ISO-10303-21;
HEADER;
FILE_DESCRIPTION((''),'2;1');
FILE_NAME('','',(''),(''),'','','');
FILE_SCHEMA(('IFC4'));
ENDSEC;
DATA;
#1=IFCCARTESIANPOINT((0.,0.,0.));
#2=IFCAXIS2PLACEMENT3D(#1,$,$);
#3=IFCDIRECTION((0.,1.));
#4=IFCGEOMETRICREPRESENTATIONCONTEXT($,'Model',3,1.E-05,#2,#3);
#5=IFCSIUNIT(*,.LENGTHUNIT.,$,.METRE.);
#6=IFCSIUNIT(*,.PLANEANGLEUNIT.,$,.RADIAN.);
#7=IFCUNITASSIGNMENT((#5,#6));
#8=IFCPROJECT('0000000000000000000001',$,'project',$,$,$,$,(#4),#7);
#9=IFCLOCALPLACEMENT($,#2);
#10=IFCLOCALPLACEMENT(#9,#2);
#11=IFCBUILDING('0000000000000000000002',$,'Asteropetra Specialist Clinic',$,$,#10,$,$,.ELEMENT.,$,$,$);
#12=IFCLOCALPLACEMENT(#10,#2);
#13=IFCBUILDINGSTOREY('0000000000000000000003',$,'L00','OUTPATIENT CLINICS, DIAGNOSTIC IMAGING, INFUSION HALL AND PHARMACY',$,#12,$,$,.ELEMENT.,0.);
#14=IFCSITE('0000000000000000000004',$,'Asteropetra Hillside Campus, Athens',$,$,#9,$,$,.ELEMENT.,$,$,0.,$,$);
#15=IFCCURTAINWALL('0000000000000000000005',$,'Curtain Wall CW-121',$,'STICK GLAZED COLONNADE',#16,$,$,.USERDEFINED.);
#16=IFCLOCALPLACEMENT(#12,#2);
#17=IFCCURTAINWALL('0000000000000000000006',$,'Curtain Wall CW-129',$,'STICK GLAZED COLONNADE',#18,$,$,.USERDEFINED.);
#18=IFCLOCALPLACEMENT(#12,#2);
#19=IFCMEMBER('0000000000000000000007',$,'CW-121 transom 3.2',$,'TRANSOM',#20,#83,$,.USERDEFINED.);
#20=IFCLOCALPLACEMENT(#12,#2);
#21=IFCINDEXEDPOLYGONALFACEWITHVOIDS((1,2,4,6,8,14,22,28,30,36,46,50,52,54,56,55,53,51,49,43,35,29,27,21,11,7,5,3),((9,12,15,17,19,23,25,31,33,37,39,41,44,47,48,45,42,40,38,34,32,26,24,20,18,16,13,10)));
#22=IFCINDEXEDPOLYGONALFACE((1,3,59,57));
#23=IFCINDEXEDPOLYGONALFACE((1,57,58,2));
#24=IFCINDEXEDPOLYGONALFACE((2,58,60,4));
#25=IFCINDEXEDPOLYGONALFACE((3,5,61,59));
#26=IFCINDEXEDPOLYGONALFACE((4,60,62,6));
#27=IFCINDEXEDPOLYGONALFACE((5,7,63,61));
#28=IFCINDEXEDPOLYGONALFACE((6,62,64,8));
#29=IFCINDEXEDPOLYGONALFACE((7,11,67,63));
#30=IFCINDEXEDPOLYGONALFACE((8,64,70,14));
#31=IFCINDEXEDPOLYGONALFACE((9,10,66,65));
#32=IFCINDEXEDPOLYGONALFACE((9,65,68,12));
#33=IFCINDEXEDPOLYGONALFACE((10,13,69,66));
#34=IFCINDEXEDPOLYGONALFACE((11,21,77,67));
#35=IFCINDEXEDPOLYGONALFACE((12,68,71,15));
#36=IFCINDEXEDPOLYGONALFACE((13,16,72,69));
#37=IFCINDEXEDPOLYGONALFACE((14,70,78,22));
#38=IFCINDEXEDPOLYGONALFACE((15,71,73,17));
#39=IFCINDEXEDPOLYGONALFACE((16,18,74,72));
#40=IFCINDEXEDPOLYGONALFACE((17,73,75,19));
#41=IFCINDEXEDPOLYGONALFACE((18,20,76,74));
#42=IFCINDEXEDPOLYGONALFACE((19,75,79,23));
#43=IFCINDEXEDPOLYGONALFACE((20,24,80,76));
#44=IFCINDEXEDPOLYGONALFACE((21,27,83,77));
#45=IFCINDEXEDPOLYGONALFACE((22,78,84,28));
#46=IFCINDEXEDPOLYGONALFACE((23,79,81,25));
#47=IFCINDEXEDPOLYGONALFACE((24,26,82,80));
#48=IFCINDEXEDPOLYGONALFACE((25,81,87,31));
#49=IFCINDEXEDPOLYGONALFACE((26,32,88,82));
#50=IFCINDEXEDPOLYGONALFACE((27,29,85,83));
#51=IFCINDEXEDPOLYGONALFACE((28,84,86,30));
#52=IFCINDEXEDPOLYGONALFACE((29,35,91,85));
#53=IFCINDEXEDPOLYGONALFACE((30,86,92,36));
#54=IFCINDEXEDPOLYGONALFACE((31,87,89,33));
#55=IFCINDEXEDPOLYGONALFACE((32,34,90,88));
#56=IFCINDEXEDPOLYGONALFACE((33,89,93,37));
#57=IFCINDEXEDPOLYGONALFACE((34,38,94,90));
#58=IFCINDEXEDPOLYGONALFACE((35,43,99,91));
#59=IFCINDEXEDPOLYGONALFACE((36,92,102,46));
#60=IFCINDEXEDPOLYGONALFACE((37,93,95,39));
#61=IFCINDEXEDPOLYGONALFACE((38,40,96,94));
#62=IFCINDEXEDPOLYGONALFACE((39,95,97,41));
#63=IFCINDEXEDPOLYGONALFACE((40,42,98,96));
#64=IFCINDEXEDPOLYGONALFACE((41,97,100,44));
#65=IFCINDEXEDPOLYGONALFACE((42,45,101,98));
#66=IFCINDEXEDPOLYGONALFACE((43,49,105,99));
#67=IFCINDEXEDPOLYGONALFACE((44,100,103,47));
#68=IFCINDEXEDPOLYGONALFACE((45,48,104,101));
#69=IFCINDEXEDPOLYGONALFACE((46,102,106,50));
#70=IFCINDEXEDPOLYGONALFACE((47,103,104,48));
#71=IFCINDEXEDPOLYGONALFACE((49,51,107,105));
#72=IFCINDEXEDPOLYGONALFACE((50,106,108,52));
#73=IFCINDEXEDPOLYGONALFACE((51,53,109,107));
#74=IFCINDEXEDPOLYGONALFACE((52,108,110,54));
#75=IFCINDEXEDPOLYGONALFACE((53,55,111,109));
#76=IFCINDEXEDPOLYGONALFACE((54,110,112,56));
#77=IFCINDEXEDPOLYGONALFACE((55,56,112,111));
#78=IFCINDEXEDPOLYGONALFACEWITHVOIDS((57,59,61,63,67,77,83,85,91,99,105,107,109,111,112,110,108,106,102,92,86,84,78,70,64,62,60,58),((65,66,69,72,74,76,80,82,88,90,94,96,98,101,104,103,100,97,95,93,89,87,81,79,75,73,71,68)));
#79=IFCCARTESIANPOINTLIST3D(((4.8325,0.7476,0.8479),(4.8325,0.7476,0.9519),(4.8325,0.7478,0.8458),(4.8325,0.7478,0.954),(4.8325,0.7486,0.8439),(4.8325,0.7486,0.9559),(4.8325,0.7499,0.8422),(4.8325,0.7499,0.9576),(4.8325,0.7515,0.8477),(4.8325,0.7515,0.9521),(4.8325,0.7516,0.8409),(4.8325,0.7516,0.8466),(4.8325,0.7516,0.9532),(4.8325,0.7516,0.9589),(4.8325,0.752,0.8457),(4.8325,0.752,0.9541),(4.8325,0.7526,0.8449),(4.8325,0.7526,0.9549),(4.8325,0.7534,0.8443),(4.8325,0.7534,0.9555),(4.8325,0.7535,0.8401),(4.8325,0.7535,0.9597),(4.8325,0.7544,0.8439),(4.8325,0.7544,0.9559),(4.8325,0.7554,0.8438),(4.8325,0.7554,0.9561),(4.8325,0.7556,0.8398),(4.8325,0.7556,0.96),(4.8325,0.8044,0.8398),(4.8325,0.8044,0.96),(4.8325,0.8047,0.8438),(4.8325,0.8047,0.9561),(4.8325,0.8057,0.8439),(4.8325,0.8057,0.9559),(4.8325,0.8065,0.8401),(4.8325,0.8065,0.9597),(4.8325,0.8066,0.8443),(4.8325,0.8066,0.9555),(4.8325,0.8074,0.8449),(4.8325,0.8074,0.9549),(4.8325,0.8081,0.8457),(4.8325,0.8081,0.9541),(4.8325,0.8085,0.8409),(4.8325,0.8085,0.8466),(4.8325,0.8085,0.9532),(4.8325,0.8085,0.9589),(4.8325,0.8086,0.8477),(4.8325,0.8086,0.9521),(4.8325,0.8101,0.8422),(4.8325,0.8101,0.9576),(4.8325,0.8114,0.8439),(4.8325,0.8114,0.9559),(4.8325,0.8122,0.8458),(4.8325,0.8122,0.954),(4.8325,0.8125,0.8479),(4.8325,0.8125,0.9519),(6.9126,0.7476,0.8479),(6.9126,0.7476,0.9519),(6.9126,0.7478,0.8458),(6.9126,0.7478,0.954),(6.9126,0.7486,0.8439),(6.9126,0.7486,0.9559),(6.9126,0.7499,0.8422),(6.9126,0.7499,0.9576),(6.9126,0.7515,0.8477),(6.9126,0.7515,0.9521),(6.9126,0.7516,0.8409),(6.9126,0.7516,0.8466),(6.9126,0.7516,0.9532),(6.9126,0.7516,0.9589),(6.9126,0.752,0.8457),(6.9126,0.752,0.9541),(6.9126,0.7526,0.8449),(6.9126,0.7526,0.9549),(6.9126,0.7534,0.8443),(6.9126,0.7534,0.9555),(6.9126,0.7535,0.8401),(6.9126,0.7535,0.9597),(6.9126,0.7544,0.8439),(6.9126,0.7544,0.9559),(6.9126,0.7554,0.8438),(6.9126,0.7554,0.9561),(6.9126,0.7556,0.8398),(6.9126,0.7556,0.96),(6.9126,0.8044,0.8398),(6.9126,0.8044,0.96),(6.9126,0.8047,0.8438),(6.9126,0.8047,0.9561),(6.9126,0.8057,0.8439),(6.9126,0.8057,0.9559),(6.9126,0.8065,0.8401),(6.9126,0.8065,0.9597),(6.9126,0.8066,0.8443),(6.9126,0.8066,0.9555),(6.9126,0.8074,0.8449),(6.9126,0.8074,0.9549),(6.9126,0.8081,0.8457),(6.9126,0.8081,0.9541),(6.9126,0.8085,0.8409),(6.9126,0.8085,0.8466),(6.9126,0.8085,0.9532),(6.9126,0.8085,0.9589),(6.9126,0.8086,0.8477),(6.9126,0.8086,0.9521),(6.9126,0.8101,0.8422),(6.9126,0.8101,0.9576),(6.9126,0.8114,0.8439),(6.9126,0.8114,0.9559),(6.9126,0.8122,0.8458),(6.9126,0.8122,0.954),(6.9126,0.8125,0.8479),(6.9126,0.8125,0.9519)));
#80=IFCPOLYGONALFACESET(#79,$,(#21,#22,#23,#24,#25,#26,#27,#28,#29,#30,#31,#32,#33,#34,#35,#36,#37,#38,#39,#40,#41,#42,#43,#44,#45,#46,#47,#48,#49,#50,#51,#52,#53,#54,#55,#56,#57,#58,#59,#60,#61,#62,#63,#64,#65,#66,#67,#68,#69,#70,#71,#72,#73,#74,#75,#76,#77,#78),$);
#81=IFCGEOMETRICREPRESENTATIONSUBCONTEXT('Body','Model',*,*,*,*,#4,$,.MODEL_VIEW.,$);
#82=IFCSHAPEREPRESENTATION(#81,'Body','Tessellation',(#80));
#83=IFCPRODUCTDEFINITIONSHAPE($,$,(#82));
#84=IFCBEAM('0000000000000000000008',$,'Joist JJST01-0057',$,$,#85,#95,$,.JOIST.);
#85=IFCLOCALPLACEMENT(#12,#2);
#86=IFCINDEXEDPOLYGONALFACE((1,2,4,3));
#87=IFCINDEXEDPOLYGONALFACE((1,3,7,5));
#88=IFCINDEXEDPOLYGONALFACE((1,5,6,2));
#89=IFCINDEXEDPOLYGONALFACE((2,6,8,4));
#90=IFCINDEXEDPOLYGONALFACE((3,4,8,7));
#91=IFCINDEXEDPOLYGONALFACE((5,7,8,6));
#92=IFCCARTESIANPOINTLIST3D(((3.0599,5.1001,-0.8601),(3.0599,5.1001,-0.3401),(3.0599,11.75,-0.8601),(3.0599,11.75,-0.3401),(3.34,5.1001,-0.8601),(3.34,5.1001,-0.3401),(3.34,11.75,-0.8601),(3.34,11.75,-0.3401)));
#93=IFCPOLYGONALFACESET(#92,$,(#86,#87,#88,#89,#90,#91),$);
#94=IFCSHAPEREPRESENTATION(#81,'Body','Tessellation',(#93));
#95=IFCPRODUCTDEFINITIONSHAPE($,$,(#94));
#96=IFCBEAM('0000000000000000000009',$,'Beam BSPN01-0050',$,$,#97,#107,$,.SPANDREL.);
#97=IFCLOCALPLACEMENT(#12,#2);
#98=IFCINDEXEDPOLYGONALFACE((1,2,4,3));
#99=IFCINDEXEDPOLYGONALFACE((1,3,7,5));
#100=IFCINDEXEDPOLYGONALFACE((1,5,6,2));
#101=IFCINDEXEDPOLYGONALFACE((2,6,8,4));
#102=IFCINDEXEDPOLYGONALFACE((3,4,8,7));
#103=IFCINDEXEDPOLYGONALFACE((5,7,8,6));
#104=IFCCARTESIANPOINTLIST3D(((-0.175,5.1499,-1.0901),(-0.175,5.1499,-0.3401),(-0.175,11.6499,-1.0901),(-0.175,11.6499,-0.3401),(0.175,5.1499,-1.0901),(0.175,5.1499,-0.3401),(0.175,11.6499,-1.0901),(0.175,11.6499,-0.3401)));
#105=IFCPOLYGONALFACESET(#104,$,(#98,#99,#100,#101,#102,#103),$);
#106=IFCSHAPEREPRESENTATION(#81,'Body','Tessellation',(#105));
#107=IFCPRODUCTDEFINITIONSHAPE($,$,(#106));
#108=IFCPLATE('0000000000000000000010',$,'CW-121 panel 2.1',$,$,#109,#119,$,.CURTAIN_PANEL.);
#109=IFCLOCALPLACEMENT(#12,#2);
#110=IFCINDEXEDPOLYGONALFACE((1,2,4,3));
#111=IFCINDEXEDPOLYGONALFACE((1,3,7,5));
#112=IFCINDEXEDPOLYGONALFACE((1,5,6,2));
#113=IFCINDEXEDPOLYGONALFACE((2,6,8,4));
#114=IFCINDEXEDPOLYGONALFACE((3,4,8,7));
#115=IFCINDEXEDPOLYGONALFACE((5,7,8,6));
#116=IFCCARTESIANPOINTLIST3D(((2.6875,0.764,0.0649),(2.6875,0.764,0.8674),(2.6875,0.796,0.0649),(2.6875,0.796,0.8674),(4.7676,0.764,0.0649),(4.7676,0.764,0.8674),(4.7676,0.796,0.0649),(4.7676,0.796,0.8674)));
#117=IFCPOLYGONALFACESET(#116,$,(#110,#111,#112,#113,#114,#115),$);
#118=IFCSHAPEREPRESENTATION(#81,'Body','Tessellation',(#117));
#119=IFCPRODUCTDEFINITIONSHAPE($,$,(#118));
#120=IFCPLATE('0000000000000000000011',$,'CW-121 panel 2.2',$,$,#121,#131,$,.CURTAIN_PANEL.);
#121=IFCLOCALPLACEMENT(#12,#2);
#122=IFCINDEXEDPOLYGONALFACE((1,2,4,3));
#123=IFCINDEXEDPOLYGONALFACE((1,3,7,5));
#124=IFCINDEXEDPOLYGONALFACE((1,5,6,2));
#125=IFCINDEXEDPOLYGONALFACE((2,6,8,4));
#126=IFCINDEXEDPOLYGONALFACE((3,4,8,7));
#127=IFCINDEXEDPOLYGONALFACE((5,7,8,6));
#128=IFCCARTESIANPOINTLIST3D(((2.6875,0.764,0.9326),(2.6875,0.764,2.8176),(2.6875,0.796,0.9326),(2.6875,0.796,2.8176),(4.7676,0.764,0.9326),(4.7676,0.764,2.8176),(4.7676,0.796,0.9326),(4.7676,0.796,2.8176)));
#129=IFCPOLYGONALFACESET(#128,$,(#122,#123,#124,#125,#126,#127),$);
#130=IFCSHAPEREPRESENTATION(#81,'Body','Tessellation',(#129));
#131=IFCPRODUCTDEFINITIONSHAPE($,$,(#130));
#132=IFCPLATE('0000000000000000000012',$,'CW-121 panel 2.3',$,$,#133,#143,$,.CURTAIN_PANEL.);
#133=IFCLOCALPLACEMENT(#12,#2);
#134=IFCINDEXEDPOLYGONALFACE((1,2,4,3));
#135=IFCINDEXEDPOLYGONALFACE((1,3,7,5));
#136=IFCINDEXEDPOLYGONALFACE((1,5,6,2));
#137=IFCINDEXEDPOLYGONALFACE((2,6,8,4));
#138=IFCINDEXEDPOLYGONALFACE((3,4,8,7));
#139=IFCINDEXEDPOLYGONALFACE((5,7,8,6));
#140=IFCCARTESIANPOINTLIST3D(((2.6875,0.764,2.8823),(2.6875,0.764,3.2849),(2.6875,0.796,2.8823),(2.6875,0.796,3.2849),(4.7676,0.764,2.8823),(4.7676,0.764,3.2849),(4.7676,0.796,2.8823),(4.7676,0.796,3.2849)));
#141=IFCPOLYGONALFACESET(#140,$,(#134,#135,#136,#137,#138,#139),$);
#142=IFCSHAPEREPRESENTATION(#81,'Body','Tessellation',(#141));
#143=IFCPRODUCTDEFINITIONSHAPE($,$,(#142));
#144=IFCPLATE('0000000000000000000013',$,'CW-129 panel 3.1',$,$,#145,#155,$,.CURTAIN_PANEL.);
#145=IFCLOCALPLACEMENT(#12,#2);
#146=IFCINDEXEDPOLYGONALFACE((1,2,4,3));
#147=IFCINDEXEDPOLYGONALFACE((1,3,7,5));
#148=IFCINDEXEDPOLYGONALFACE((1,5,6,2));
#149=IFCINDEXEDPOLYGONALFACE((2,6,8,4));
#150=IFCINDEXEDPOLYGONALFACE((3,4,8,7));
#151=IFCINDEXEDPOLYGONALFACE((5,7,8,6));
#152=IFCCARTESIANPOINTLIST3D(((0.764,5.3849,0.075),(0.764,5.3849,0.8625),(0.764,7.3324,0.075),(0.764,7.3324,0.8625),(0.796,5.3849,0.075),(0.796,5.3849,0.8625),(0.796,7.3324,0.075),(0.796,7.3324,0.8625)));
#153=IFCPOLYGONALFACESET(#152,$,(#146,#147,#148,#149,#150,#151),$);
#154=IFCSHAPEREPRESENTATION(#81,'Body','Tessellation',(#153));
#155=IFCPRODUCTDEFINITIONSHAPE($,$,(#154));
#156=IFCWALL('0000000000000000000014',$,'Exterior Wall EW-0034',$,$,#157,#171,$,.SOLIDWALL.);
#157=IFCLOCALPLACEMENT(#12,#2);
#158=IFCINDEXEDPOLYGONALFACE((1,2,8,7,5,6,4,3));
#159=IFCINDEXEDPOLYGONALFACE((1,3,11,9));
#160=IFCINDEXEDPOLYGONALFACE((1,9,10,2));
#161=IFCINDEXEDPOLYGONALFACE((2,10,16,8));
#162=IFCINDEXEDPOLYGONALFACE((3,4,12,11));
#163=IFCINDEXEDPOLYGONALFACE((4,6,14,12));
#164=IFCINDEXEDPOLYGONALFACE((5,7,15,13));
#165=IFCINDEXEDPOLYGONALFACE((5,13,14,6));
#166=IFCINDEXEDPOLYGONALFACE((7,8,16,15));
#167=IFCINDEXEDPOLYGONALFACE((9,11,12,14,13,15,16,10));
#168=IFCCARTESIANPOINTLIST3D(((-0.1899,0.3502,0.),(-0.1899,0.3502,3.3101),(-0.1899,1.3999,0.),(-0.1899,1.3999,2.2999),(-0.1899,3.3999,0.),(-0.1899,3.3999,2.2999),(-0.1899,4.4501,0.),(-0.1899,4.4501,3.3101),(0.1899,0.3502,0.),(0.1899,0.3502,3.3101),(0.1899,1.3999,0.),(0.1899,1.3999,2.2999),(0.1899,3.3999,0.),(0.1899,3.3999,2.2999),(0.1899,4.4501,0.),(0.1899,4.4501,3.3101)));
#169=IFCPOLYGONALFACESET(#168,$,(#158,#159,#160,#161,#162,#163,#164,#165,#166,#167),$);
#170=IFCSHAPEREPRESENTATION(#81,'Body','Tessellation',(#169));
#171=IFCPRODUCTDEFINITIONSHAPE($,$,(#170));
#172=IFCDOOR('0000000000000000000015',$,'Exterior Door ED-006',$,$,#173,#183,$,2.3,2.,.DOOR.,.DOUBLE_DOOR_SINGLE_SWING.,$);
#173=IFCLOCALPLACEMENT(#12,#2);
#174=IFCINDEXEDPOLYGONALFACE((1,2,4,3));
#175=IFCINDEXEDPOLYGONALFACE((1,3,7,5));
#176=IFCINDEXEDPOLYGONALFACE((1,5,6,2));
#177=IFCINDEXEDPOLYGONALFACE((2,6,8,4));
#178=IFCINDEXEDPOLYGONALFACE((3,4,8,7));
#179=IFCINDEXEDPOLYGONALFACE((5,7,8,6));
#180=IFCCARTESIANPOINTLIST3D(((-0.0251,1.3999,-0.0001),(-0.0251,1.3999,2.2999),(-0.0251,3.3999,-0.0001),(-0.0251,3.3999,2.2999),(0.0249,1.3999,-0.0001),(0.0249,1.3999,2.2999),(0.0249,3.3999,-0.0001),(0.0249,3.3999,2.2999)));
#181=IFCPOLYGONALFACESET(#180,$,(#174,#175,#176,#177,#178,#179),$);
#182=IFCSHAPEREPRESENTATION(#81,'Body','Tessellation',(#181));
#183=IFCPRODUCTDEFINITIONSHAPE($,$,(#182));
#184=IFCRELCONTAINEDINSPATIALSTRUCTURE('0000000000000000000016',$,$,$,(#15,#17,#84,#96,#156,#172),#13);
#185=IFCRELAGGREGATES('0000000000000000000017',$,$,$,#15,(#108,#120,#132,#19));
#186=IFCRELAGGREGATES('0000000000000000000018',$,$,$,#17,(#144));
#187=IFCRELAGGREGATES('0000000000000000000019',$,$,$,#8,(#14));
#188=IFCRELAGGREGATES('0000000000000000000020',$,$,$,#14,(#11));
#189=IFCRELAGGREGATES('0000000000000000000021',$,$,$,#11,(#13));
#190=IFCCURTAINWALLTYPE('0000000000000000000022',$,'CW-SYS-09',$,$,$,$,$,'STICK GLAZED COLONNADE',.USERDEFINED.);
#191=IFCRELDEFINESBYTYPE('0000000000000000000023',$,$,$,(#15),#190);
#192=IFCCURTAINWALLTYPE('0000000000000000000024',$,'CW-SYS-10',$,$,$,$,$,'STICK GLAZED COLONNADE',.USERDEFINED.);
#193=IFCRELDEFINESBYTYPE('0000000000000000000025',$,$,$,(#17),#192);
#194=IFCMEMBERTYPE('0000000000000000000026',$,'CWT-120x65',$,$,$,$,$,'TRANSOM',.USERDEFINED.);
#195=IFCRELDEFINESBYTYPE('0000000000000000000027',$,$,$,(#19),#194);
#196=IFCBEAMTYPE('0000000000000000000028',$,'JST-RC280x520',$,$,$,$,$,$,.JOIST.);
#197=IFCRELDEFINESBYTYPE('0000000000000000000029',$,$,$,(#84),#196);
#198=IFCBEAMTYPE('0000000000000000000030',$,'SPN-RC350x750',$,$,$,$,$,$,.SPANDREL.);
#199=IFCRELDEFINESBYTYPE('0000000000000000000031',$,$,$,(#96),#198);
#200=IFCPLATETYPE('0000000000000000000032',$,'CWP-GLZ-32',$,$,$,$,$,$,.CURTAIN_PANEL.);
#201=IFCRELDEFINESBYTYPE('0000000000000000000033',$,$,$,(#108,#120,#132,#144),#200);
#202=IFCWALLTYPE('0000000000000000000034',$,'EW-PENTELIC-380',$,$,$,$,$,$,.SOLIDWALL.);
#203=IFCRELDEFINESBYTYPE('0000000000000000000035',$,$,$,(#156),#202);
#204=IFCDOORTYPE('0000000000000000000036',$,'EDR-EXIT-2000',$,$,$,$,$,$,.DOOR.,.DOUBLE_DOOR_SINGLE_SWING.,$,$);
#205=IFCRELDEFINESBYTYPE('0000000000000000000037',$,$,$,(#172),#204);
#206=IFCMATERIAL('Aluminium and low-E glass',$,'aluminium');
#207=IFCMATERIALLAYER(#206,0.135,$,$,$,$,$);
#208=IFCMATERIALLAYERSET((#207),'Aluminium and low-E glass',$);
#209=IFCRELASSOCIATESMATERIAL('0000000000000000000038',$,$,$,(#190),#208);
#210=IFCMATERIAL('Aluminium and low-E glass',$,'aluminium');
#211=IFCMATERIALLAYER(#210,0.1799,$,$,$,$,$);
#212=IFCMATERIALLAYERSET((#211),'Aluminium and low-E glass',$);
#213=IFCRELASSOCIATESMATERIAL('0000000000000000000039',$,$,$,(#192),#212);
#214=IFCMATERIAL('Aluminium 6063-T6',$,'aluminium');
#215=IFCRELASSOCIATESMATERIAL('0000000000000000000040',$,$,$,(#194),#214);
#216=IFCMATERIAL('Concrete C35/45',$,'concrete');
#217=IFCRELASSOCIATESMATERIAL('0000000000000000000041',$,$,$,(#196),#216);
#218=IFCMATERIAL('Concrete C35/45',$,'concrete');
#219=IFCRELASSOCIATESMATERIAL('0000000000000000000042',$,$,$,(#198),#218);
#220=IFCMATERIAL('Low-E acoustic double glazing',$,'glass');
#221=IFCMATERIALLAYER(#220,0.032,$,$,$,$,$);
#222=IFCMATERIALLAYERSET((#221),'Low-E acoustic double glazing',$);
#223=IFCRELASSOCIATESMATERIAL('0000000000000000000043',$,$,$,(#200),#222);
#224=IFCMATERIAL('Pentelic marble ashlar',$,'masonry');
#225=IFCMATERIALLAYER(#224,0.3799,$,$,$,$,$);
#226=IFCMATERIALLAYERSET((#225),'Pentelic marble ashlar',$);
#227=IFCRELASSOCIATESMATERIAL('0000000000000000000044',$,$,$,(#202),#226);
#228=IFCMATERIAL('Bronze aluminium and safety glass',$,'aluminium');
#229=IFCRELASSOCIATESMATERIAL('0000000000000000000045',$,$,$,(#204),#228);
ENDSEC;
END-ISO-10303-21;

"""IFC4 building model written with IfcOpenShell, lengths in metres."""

from ifc_helpers import new_model, si_unit, direction, frame, frame_2d, origin, origin_2d, place, context, subcontext, project, spatial, rectangle, hollow_rectangle, extrude, material, layer, layer_set, material_profile, profile_set, type_object, element, fill, aggregate, save


model = new_model("IFC4")

# Units and contexts
model_context = context("Model", 3, precision=1e-05, world=origin(), true_north=direction((0.0, 1.0)))
body_context = subcontext(model_context, "Body", "Model", "MODEL_VIEW")
ifc_project = project(units=[si_unit("LENGTHUNIT", "METRE"), si_unit("PLANEANGLEUNIT", "RADIAN")], contexts=[model_context])

# Site, building, storey
site_placement = place(None, origin())
site = spatial("IfcSite", under=ifc_project, at=site_placement, Name="Asteropetra Hillside Campus, Athens", CompositionType="ELEMENT", RefElevation=0.0)
building_placement = place(site_placement, origin())
building = spatial("IfcBuilding", under=site, at=building_placement, Name="Asteropetra Specialist Clinic", CompositionType="ELEMENT")
storey_placement = place(building_placement, origin())
storey = spatial("IfcBuildingStorey", under=building, at=storey_placement, Name="L00", Description="OUTPATIENT CLINICS, DIAGNOSTIC IMAGING, INFUSION HALL AND PHARMACY", CompositionType="ELEMENT", Elevation=0.0)

# Curtain walls
ifc_material_1 = material(Name="Aluminium and low-E glass", Category="aluminium")
ifc_layer_1 = layer(ifc_material_1, 0.135)
ifc_layer_set_1 = layer_set([ifc_layer_1], Name="Aluminium and low-E glass")
curtain_wall_type_1 = type_object("IfcCurtainWallType", Name="CW-SYS-09", ElementType="STICK GLAZED COLONNADE", PredefinedType="USERDEFINED", material=ifc_layer_set_1)
curtain_wall_1_placement = place(storey_placement, origin())
curtain_wall_1 = element("IfcCurtainWall", 1, at=curtain_wall_1_placement, inside=storey, type_object=curtain_wall_type_1, Name="Curtain Wall CW-121", ObjectType="STICK GLAZED COLONNADE", PredefinedType="USERDEFINED")
ifc_material_2 = material(Name="Aluminium and low-E glass", Category="aluminium")
ifc_layer_2 = layer(ifc_material_2, 0.1799)
ifc_layer_set_2 = layer_set([ifc_layer_2], Name="Aluminium and low-E glass")
curtain_wall_type_2 = type_object("IfcCurtainWallType", Name="CW-SYS-10", ElementType="STICK GLAZED COLONNADE", PredefinedType="USERDEFINED", material=ifc_layer_set_2)
curtain_wall_2_placement = place(storey_placement, origin())
curtain_wall_2 = element("IfcCurtainWall", 2, at=curtain_wall_2_placement, inside=storey, type_object=curtain_wall_type_2, Name="Curtain Wall CW-129", ObjectType="STICK GLAZED COLONNADE", PredefinedType="USERDEFINED")

# Member
ifc_material_3 = material(Name="Aluminium 6063-T6", Category="aluminium")
ifc_material_profile_1 = material_profile(ifc_material_3, hollow_rectangle(XDim=0.0649, YDim=0.1201, WallThickness=0.0039, InnerFilletRadius=0.0039, OuterFilletRadius=0.0081, at=origin_2d()), Name="TRN 120x65x4.0")
ifc_profile_set_1 = profile_set([ifc_material_profile_1], Name="Aluminium 6063-T6")
member_type_1 = type_object("IfcMemberType", Name="CWT-120x65", ElementType="TRANSOM", PredefinedType="USERDEFINED", material=ifc_profile_set_1)
member_1_placement = place(storey_placement, frame((4.8325, 0.78, 0.8999), z_axis=(1.0, 0.0, 0.0), x_axis=(0.0, 1.0, 0.0)))
member_1 = element("IfcMember", 3, at=member_1_placement, type_object=member_type_1, Name="CW-121 transom 3.2", ObjectType="TRANSOM", PredefinedType="USERDEFINED", context=body_context, shape_type="SweptSolid", body=[
    extrude(hollow_rectangle(XDim=0.0649, YDim=0.1201, WallThickness=0.0039, InnerFilletRadius=0.0039, OuterFilletRadius=0.0081, at=origin_2d()), origin(), (0.0, 0.0, 1.0), 2.0801),
])

# Beams
ifc_material_4 = material(Name="Concrete C35/45", Category="concrete")
ifc_material_profile_2 = material_profile(ifc_material_4, rectangle(XDim=0.28, YDim=0.52, at=origin_2d()), Name="RCJ 280x520")
ifc_profile_set_2 = profile_set([ifc_material_profile_2], Name="Concrete C35/45")
beam_type_1 = type_object("IfcBeamType", Name="JST-RC280x520", PredefinedType="JOIST", material=ifc_profile_set_2)
beam_1_placement = place(storey_placement, frame((3.2, 5.1001, -0.6001), z_axis=(0.0, 1.0, 0.0), x_axis=(-1.0, 0.0, 0.0)))
element("IfcBeam", 4, at=beam_1_placement, inside=storey, type_object=beam_type_1, Name="Joist JJST01-0057", PredefinedType="JOIST", context=body_context, shape_type="SweptSolid", body=[
    extrude(rectangle(XDim=0.28, YDim=0.52, at=origin_2d()), origin(), (0.0, 0.0, 1.0), 6.6499),
])
ifc_material_5 = material(Name="Concrete C35/45", Category="concrete")
ifc_material_profile_3 = material_profile(ifc_material_5, rectangle(XDim=0.3501, YDim=0.75, at=origin_2d()), Name="RCS 350x750")
ifc_profile_set_3 = profile_set([ifc_material_profile_3], Name="Concrete C35/45")
beam_type_2 = type_object("IfcBeamType", Name="SPN-RC350x750", PredefinedType="SPANDREL", material=ifc_profile_set_3)
beam_2_placement = place(storey_placement, frame((0.0, 5.1499, -0.7151), z_axis=(0.0, 1.0, 0.0), x_axis=(-1.0, 0.0, 0.0)))
element("IfcBeam", 5, at=beam_2_placement, inside=storey, type_object=beam_type_2, Name="Beam BSPN01-0050", PredefinedType="SPANDREL", context=body_context, shape_type="SweptSolid", body=[
    extrude(rectangle(XDim=0.3501, YDim=0.75, at=origin_2d()), origin(), (0.0, 0.0, 1.0), 6.5),
])

# Plates
ifc_material_6 = material(Name="Low-E acoustic double glazing", Category="glass")
ifc_layer_3 = layer(ifc_material_6, 0.032)
ifc_layer_set_3 = layer_set([ifc_layer_3], Name="Low-E acoustic double glazing")
plate_type = type_object("IfcPlateType", Name="CWP-GLZ-32", PredefinedType="CURTAIN_PANEL", material=ifc_layer_set_3)
plate_1_placement = place(storey_placement, frame((3.7275, 0.78, 0.0649), z_axis=(0.0, 0.0, 1.0), x_axis=(1.0, 0.0, 0.0)))
plate_1 = element("IfcPlate", 6, at=plate_1_placement, type_object=plate_type, Name="CW-121 panel 2.1", PredefinedType="CURTAIN_PANEL", context=body_context, shape_type="SweptSolid", body=[
    extrude(rectangle(XDim=2.0801, YDim=0.032, at=origin_2d()), origin(), (0.0, 0.0, 1.0), 0.8025),
])
plate_2_placement = place(storey_placement, frame((3.7275, 0.78, 0.9326), z_axis=(0.0, 0.0, 1.0), x_axis=(1.0, 0.0, 0.0)))
plate_2 = element("IfcPlate", 7, at=plate_2_placement, type_object=plate_type, Name="CW-121 panel 2.2", PredefinedType="CURTAIN_PANEL", context=body_context, shape_type="SweptSolid", body=[
    extrude(rectangle(XDim=2.0801, YDim=0.032, at=origin_2d()), origin(), (0.0, 0.0, 1.0), 1.885),
])
plate_3_placement = place(storey_placement, frame((3.7275, 0.78, 2.8823), z_axis=(0.0, 0.0, 1.0), x_axis=(1.0, 0.0, 0.0)))
plate_3 = element("IfcPlate", 8, at=plate_3_placement, type_object=plate_type, Name="CW-121 panel 2.3", PredefinedType="CURTAIN_PANEL", context=body_context, shape_type="SweptSolid", body=[
    extrude(rectangle(XDim=2.0801, YDim=0.032, at=origin_2d()), origin(), (0.0, 0.0, 1.0), 0.4026),
])
aggregate(curtain_wall_1, [plate_1, plate_2, plate_3, member_1])
plate_4_placement = place(storey_placement, frame((0.78, 6.3586, 0.075), z_axis=(0.0, 0.0, 1.0), x_axis=(0.0, -1.0, 0.0)))
plate_4 = element("IfcPlate", 9, at=plate_4_placement, type_object=plate_type, Name="CW-129 panel 3.1", PredefinedType="CURTAIN_PANEL", context=body_context, shape_type="SweptSolid", body=[
    extrude(rectangle(XDim=1.9475, YDim=0.032, at=origin_2d()), origin(), (0.0, 0.0, 1.0), 0.7876),
])
aggregate(curtain_wall_2, [plate_4])

# Wall, opening, door
ifc_material_7 = material(Name="Pentelic marble ashlar", Category="masonry")
ifc_layer_4 = layer(ifc_material_7, 0.3799)
ifc_layer_set_4 = layer_set([ifc_layer_4], Name="Pentelic marble ashlar")
wall_type = type_object("IfcWallType", Name="EW-PENTELIC-380", PredefinedType="SOLIDWALL", material=ifc_layer_set_4)
wall_placement = place(storey_placement, frame((0.0, 4.45, 0.0), z_axis=(0.0, 0.0, 1.0), x_axis=(0.0, -1.0, 0.0)))
wall = element("IfcWall", 10, at=wall_placement, inside=storey, type_object=wall_type, Name="Exterior Wall EW-0034", PredefinedType="SOLIDWALL", context=body_context, shape_type="SweptSolid", body=[
    extrude(rectangle(XDim=4.0999, YDim=0.3799, at=frame_2d((2.0498, 0.0))), origin(), (0.0, 0.0, 1.0), 3.3101),
])
opening_placement = place(wall_placement, frame((1.05, 0.0, 0.0)))
opening = element("IfcOpeningElement", 11, at=opening_placement, cuts=wall, PredefinedType="OPENING", context=body_context, shape_type="SweptSolid", body=[
    extrude(rectangle(XDim=2.0, YDim=2.3, at=frame_2d((1.0, 1.1499))), frame((0.0, 0.2, 0.0), z_axis=(0.0, -1.0, 0.0), x_axis=(1.0, 0.0, 0.0)), (0.0, 0.0, 1.0), 0.3999),
])
ifc_material_8 = material(Name="Bronze aluminium and safety glass", Category="aluminium")
door_type = type_object("IfcDoorType", Name="EDR-EXIT-2000", OperationType="DOUBLE_DOOR_SINGLE_SWING", PredefinedType="DOOR", material=ifc_material_8)
door_placement = place(opening_placement, origin())
door = element("IfcDoor", 12, at=door_placement, inside=storey, type_object=door_type, Name="Exterior Door ED-006", OperationType="DOUBLE_DOOR_SINGLE_SWING", OverallHeight=2.3, OverallWidth=2.0, PredefinedType="DOOR", context=body_context, shape_type="SweptSolid", body=[
    extrude(rectangle(XDim=2.0, YDim=2.3, at=frame_2d((1.0, 1.1499))), frame((0.0, 0.0249, 0.0), z_axis=(0.0, -1.0, 0.0), x_axis=(1.0, 0.0, 0.0)), (0.0, 0.0, 1.0), 0.05),
])
fill(opening, door)

save(model, "model.ifc")
